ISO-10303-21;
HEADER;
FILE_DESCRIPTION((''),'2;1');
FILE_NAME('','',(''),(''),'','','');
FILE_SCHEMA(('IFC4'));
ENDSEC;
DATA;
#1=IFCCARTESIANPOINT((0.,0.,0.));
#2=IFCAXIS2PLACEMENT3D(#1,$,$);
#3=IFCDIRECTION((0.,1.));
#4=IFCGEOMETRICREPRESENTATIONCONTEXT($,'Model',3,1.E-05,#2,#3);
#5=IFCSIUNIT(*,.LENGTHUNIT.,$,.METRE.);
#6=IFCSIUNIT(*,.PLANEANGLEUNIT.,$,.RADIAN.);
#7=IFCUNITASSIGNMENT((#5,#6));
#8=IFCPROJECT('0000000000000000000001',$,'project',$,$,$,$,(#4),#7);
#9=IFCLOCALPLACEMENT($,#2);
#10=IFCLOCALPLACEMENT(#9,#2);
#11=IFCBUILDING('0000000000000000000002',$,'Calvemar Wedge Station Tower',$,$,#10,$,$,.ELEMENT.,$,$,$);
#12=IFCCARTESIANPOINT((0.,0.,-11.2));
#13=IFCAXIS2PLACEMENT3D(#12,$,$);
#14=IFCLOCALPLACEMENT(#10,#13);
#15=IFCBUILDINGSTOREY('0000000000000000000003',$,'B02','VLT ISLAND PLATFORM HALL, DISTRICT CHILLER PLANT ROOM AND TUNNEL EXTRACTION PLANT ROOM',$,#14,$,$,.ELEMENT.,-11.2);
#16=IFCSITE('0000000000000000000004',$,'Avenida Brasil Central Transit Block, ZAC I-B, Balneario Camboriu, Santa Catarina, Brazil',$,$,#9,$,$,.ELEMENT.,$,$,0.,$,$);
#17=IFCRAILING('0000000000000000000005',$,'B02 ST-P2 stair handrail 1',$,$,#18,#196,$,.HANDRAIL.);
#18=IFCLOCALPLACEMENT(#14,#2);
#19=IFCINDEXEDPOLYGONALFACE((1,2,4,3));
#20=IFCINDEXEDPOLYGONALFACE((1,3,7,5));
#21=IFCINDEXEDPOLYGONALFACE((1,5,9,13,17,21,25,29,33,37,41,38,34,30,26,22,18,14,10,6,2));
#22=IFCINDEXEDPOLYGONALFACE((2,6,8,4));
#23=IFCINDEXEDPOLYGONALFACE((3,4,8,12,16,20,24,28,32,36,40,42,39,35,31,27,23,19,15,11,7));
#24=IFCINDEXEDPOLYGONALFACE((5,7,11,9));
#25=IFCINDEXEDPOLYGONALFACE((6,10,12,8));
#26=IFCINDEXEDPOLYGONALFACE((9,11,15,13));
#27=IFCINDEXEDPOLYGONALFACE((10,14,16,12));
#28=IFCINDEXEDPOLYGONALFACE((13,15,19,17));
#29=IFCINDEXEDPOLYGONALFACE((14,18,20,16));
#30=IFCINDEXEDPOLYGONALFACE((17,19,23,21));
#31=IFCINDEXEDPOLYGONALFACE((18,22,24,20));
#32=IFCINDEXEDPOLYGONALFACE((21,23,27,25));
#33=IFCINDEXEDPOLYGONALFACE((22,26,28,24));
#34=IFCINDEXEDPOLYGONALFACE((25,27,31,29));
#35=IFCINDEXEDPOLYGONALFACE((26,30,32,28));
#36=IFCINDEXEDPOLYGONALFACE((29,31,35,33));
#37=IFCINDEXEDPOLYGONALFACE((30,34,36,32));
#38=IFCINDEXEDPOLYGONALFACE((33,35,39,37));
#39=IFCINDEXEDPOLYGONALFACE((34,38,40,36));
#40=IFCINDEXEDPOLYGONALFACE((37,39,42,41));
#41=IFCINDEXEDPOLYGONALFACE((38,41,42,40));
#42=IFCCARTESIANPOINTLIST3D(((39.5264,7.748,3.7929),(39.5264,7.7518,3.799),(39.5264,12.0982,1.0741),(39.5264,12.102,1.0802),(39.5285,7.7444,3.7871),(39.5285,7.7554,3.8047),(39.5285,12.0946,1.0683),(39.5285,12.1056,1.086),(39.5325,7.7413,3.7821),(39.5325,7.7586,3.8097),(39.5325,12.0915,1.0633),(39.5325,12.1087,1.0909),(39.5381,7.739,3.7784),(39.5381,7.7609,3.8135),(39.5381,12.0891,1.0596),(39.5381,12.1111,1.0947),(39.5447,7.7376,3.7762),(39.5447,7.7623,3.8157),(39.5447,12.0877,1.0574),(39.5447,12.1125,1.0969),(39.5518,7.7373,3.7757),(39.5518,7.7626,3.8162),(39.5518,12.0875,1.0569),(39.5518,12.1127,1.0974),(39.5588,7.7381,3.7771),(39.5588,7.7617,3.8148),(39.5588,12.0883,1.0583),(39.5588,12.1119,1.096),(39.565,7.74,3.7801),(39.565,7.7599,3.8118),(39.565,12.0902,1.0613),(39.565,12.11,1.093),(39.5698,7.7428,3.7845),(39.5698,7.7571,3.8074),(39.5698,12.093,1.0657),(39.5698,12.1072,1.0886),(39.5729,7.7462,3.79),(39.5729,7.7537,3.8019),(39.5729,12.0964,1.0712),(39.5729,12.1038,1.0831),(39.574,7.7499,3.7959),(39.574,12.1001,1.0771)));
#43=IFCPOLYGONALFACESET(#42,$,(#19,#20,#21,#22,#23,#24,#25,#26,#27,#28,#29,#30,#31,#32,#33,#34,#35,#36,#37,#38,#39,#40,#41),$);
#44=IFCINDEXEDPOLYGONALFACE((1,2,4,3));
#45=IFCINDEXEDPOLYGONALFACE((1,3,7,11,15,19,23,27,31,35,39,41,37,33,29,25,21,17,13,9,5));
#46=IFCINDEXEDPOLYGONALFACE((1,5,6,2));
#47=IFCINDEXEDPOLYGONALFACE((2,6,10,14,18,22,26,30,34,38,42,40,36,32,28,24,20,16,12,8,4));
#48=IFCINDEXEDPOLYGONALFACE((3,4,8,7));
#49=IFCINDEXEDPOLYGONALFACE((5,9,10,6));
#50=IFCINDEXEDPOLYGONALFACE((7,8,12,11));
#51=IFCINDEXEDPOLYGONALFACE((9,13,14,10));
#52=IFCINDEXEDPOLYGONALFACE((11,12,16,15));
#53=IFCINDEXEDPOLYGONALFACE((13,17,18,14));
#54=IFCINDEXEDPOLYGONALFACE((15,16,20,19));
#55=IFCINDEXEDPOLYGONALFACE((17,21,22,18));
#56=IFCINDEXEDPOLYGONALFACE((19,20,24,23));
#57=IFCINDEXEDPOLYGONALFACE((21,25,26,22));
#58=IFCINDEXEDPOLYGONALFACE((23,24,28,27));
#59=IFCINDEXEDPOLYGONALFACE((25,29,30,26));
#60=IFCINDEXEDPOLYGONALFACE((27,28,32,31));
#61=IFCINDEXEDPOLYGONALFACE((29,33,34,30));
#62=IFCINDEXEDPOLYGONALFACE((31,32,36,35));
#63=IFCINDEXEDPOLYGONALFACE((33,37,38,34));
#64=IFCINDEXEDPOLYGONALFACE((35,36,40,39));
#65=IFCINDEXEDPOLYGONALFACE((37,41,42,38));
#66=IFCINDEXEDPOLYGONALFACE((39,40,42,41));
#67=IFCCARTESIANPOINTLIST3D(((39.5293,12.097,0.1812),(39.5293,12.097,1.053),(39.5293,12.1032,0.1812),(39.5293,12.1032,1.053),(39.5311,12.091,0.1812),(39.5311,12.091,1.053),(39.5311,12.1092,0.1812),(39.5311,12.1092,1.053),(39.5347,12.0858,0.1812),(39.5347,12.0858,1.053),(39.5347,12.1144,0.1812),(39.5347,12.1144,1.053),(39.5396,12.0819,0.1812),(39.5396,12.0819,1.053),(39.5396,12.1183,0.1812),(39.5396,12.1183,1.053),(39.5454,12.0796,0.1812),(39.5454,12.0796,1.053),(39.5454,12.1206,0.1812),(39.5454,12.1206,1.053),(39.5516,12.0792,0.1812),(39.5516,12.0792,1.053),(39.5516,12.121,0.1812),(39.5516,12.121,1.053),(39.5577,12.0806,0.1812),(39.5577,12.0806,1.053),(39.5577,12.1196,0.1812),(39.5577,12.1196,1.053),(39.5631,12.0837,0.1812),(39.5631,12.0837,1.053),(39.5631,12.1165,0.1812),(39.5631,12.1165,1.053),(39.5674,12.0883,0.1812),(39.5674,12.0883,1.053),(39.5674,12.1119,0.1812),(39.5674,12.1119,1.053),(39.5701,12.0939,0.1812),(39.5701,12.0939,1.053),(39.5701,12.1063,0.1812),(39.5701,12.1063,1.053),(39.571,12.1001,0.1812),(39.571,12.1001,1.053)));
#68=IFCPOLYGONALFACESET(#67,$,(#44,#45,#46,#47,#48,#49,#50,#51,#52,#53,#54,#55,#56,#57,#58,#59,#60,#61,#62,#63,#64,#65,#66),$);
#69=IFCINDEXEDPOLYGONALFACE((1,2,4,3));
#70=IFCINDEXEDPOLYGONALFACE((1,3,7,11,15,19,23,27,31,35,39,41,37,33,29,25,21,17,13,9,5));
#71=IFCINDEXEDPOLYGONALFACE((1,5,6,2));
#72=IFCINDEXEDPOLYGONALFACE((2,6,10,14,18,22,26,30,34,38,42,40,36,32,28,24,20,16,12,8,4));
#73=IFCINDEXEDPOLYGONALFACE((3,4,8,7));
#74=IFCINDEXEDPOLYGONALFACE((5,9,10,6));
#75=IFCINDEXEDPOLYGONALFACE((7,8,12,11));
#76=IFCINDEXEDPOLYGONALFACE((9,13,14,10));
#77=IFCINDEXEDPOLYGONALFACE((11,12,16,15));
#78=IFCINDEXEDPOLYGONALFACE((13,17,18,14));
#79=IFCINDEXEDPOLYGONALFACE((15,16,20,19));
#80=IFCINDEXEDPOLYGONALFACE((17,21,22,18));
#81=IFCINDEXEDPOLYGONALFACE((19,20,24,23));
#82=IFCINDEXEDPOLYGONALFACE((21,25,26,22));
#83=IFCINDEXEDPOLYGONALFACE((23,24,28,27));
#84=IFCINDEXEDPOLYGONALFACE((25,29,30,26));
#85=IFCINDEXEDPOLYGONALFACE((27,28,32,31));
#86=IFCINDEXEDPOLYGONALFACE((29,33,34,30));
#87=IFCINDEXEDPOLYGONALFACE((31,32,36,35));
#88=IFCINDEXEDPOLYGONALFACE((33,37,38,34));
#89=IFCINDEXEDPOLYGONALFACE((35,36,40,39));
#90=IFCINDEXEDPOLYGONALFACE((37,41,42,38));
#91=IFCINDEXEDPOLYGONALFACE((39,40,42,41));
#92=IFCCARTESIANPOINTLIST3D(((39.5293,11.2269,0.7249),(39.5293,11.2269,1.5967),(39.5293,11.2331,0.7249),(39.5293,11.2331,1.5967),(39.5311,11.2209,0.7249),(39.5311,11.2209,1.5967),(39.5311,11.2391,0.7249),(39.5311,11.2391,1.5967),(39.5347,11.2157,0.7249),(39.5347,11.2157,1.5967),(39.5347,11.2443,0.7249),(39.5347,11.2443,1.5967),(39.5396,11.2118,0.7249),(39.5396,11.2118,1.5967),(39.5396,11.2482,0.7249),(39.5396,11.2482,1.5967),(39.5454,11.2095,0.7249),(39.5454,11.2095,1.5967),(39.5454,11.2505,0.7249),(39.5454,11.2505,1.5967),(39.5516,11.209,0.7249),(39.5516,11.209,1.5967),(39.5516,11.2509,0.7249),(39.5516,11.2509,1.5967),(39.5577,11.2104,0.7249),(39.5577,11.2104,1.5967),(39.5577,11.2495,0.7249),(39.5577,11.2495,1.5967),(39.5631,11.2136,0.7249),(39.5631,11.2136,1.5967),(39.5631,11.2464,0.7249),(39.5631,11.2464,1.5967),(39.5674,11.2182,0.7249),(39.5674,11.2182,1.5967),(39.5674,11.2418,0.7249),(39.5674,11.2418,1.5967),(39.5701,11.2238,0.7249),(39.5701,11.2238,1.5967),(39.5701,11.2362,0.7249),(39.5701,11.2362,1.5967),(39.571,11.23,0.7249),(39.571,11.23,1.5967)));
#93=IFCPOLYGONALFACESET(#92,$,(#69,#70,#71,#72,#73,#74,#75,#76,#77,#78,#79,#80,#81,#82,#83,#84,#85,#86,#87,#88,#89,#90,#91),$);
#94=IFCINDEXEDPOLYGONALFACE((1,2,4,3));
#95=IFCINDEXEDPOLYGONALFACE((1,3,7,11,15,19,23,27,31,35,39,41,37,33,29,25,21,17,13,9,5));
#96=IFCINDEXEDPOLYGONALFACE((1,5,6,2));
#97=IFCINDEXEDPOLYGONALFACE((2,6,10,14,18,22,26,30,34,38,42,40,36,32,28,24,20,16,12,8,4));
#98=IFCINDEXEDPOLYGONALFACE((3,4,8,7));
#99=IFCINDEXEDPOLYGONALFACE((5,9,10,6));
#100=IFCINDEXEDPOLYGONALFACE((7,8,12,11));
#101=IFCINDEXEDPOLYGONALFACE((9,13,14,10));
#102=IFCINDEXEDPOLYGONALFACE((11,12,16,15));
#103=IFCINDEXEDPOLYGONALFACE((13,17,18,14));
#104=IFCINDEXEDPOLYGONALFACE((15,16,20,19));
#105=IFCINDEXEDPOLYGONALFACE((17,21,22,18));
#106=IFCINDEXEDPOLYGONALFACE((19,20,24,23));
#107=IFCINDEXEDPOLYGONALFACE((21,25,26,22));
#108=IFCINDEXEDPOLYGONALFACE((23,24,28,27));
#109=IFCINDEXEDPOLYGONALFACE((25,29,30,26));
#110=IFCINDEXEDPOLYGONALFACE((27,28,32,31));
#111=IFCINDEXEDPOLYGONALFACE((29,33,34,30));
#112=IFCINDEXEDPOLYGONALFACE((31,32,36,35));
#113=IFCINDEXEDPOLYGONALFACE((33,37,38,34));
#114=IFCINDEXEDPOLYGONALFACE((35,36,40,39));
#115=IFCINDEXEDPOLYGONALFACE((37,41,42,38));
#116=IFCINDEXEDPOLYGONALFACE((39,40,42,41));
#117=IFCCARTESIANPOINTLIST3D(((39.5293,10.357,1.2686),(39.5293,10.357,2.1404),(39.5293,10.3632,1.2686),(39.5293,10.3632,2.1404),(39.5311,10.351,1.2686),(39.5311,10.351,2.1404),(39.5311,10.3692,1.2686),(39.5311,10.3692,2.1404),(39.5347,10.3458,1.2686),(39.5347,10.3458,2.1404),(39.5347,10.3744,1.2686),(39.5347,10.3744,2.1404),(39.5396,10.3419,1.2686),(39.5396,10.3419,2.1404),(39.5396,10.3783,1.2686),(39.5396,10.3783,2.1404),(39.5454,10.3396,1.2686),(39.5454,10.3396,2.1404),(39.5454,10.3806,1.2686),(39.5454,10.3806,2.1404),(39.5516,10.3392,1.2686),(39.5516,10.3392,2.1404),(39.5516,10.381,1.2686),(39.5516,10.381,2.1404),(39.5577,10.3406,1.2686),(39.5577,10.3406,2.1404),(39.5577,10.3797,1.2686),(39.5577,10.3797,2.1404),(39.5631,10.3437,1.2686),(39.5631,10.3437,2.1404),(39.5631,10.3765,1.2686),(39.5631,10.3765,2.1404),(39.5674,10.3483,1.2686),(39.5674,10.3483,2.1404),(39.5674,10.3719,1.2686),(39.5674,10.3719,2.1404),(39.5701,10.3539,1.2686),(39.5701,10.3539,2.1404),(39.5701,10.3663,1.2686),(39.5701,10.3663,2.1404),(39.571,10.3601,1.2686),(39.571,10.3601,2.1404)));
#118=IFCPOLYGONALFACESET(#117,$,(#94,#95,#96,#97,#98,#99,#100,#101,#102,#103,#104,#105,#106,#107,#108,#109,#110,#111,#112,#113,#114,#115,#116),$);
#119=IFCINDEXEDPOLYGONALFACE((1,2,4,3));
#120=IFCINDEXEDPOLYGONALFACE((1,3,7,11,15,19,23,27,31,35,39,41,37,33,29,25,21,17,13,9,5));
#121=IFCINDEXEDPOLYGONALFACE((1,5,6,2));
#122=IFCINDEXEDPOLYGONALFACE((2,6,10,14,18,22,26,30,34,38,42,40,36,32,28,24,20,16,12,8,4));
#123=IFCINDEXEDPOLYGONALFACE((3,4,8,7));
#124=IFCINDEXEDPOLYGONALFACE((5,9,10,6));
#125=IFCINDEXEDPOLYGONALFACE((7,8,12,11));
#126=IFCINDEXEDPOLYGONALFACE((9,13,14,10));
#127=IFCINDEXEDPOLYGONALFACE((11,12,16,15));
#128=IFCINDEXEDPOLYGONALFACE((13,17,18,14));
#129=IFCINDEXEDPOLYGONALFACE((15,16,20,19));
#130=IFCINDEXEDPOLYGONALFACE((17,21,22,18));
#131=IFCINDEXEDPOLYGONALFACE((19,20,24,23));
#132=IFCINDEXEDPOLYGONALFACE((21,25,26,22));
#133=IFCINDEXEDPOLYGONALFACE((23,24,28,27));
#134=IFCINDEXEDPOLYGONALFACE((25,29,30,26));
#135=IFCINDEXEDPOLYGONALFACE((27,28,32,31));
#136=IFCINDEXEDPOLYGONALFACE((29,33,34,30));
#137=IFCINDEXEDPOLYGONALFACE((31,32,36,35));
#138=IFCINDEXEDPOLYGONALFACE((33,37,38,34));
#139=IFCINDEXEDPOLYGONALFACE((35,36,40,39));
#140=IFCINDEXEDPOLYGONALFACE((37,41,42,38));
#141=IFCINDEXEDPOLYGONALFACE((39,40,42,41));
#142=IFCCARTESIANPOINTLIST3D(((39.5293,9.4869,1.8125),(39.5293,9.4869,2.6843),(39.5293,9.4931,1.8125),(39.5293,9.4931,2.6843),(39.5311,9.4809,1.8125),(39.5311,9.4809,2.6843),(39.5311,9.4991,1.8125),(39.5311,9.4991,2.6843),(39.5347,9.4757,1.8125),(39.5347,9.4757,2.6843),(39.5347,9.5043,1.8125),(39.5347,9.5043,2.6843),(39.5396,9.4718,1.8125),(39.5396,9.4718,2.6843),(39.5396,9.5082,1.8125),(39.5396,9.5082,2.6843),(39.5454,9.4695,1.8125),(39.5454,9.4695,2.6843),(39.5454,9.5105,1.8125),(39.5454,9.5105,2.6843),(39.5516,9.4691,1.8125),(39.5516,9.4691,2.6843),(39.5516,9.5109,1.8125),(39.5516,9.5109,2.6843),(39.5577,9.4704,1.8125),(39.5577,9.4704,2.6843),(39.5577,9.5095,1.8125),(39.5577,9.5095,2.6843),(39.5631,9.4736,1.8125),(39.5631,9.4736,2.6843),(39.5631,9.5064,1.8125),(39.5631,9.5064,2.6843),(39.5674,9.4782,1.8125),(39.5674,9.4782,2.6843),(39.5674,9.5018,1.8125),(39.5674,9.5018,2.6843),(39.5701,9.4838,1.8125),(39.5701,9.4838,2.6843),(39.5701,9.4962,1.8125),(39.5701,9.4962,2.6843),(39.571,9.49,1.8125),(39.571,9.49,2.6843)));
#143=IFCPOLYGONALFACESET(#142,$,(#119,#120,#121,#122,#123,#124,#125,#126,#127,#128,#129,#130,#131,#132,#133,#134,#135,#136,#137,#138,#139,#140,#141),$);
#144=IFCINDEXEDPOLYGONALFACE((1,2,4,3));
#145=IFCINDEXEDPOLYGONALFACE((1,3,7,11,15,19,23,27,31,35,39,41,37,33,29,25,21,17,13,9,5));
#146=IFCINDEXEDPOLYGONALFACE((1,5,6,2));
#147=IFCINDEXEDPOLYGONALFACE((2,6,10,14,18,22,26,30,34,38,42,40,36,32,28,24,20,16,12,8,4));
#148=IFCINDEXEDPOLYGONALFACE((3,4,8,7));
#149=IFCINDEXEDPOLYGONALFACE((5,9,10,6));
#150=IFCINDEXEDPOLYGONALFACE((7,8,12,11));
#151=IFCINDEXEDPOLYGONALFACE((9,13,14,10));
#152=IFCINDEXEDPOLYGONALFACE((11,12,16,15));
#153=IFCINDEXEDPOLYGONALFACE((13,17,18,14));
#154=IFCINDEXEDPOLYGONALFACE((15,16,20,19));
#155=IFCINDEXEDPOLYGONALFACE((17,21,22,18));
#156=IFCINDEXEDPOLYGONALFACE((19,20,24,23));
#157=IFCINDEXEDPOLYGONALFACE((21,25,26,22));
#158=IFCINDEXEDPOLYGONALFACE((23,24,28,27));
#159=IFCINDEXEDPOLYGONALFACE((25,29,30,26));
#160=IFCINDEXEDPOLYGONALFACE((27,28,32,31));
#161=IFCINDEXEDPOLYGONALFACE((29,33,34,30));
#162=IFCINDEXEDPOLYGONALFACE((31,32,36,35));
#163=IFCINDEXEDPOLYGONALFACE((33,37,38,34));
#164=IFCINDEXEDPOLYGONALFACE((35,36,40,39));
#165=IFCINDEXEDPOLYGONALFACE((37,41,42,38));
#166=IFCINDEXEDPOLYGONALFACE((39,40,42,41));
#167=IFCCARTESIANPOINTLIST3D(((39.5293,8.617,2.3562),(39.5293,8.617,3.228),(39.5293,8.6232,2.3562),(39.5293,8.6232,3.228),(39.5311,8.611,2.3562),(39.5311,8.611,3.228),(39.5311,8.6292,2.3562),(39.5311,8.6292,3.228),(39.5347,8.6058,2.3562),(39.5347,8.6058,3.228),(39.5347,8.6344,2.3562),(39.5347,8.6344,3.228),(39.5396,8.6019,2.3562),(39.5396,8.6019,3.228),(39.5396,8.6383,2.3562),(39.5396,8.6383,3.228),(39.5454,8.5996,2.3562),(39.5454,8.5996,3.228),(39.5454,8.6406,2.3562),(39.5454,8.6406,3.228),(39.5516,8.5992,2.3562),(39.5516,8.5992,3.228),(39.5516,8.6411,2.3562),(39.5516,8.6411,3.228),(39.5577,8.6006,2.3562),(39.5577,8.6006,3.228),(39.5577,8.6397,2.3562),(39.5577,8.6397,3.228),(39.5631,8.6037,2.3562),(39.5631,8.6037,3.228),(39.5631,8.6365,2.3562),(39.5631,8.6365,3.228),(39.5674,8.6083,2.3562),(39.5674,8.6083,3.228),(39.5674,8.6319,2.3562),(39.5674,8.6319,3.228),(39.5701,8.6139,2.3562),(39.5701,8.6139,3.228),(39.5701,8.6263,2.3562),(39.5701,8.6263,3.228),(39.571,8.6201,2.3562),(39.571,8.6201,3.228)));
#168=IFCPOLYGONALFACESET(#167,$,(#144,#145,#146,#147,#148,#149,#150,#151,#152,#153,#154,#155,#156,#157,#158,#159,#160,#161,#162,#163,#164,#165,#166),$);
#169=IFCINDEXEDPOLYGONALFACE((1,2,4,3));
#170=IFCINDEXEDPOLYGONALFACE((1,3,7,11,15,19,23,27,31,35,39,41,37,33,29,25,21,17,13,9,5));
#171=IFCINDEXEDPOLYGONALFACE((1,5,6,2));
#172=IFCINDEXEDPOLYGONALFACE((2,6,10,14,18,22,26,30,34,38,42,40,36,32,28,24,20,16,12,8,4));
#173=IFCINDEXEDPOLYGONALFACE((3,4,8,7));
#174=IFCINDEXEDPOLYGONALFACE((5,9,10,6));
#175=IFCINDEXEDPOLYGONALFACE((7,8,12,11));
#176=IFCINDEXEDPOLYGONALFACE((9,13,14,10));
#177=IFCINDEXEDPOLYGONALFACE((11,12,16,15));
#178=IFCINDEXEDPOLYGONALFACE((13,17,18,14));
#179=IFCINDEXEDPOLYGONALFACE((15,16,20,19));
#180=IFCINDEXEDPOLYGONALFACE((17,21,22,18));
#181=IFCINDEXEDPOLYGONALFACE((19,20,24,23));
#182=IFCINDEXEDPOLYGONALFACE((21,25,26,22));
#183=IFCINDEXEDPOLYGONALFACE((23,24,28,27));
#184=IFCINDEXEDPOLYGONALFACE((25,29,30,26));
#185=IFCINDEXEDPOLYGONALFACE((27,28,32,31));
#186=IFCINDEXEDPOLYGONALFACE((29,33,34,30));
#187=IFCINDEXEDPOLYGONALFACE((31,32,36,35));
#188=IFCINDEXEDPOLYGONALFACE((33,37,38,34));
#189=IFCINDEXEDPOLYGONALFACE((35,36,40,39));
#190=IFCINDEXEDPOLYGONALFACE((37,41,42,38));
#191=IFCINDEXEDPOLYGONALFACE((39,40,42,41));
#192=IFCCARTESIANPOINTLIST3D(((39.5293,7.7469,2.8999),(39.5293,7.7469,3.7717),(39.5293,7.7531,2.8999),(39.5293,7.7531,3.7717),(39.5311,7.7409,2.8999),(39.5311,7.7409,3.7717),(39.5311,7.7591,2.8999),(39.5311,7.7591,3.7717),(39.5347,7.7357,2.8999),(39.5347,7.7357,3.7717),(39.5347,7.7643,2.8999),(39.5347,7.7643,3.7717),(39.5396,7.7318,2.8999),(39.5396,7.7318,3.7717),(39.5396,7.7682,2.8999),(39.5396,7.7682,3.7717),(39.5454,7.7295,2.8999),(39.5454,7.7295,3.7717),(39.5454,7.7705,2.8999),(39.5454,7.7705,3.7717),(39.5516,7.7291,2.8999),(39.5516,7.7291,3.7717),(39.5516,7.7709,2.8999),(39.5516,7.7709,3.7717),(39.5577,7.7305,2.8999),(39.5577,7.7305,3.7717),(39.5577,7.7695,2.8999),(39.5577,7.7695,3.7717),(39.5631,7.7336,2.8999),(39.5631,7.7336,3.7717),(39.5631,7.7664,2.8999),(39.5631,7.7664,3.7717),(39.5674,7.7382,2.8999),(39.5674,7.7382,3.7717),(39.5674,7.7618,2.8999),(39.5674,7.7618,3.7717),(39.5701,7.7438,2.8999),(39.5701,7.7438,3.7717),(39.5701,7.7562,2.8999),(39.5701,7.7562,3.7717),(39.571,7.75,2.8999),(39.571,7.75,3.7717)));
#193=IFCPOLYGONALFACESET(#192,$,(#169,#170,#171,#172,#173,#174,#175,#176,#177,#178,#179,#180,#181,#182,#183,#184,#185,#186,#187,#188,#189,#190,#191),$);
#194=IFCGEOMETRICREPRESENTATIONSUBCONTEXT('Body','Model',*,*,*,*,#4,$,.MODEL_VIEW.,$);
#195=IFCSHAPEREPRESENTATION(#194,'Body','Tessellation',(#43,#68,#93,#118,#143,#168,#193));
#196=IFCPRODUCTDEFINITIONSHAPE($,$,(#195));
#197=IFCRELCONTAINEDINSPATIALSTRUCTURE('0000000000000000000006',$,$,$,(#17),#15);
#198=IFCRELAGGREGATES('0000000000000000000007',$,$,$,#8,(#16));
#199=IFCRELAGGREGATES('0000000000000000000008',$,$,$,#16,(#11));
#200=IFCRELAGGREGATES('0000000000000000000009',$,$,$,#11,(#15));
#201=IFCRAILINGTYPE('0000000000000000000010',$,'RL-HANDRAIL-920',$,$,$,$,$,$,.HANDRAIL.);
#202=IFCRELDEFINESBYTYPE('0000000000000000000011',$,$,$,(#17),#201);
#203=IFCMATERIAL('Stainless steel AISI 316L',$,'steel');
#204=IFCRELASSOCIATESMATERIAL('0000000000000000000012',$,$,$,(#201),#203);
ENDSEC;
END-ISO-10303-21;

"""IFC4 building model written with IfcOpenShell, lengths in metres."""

from ifc_helpers import new_model, si_unit, direction, frame, origin, origin_2d, place, context, subcontext, project, spatial, circle, extrude, material, type_object, element, save


model = new_model("IFC4")

# Units and contexts
model_context = context("Model", 3, precision=1e-05, world=origin(), true_north=direction((0.0, 1.0)))
body_context = subcontext(model_context, "Body", "Model", "MODEL_VIEW")
ifc_project = project(units=[si_unit("LENGTHUNIT", "METRE"), si_unit("PLANEANGLEUNIT", "RADIAN")], contexts=[model_context])

# Site, building, storey
site_placement = place(None, origin())
site = spatial("IfcSite", under=ifc_project, at=site_placement, Name="Avenida Brasil Central Transit Block, ZAC I-B, Balneario Camboriu, Santa Catarina, Brazil", CompositionType="ELEMENT", RefElevation=0.0)
building_placement = place(site_placement, origin())
building = spatial("IfcBuilding", under=site, at=building_placement, Name="Calvemar Wedge Station Tower", CompositionType="ELEMENT")
storey_placement = place(building_placement, frame((0.0, 0.0, -11.2)))
storey = spatial("IfcBuildingStorey", under=building, at=storey_placement, Name="B02", Description="VLT ISLAND PLATFORM HALL, DISTRICT CHILLER PLANT ROOM AND TUNNEL EXTRACTION PLANT ROOM", CompositionType="ELEMENT", Elevation=-11.2)

# Railing
ifc_material_1 = material(Name="Stainless steel AISI 316L", Category="steel")
railing_type_1 = type_object("IfcRailingType", Name="RL-HANDRAIL-920", PredefinedType="HANDRAIL", material=ifc_material_1)
railing_1_placement = place(storey_placement, frame((39.55, 12.1001, 0.1812)))
element("IfcRailing", 1, at=railing_1_placement, inside=storey, type_object=railing_type_1, Name="B02 ST-P2 stair handrail 1", PredefinedType="HANDRAIL", context=body_context, shape_type="SweptSolid", body=[
    extrude(circle(Radius=0.0239, at=origin_2d()), frame((0.0, 0.0, 0.896), z_axis=(0.0, -0.848004, 0.52999), x_axis=(1.0, 0.0, 0.0)), (0.0, 0.0, 1.0), 5.1299),
    extrude(circle(Radius=0.021, at=origin_2d()), origin(), (0.0, 0.0, 1.0), 0.8718),
    extrude(circle(Radius=0.021, at=origin_2d()), frame((0.0, -0.8701, 0.5437)), (0.0, 0.0, 1.0), 0.8718),
    extrude(circle(Radius=0.021, at=origin_2d()), frame((0.0, -1.74, 1.0874)), (0.0, 0.0, 1.0), 0.8718),
    extrude(circle(Radius=0.021, at=origin_2d()), frame((0.0, -2.6101, 1.6313)), (0.0, 0.0, 1.0), 0.8718),
    extrude(circle(Radius=0.021, at=origin_2d()), frame((0.0, -3.48, 2.175)), (0.0, 0.0, 1.0), 0.8718),
    extrude(circle(Radius=0.021, at=origin_2d()), frame((0.0, -4.3501, 2.7188)), (0.0, 0.0, 1.0), 0.8718),
])

save(model, "model.ifc")
